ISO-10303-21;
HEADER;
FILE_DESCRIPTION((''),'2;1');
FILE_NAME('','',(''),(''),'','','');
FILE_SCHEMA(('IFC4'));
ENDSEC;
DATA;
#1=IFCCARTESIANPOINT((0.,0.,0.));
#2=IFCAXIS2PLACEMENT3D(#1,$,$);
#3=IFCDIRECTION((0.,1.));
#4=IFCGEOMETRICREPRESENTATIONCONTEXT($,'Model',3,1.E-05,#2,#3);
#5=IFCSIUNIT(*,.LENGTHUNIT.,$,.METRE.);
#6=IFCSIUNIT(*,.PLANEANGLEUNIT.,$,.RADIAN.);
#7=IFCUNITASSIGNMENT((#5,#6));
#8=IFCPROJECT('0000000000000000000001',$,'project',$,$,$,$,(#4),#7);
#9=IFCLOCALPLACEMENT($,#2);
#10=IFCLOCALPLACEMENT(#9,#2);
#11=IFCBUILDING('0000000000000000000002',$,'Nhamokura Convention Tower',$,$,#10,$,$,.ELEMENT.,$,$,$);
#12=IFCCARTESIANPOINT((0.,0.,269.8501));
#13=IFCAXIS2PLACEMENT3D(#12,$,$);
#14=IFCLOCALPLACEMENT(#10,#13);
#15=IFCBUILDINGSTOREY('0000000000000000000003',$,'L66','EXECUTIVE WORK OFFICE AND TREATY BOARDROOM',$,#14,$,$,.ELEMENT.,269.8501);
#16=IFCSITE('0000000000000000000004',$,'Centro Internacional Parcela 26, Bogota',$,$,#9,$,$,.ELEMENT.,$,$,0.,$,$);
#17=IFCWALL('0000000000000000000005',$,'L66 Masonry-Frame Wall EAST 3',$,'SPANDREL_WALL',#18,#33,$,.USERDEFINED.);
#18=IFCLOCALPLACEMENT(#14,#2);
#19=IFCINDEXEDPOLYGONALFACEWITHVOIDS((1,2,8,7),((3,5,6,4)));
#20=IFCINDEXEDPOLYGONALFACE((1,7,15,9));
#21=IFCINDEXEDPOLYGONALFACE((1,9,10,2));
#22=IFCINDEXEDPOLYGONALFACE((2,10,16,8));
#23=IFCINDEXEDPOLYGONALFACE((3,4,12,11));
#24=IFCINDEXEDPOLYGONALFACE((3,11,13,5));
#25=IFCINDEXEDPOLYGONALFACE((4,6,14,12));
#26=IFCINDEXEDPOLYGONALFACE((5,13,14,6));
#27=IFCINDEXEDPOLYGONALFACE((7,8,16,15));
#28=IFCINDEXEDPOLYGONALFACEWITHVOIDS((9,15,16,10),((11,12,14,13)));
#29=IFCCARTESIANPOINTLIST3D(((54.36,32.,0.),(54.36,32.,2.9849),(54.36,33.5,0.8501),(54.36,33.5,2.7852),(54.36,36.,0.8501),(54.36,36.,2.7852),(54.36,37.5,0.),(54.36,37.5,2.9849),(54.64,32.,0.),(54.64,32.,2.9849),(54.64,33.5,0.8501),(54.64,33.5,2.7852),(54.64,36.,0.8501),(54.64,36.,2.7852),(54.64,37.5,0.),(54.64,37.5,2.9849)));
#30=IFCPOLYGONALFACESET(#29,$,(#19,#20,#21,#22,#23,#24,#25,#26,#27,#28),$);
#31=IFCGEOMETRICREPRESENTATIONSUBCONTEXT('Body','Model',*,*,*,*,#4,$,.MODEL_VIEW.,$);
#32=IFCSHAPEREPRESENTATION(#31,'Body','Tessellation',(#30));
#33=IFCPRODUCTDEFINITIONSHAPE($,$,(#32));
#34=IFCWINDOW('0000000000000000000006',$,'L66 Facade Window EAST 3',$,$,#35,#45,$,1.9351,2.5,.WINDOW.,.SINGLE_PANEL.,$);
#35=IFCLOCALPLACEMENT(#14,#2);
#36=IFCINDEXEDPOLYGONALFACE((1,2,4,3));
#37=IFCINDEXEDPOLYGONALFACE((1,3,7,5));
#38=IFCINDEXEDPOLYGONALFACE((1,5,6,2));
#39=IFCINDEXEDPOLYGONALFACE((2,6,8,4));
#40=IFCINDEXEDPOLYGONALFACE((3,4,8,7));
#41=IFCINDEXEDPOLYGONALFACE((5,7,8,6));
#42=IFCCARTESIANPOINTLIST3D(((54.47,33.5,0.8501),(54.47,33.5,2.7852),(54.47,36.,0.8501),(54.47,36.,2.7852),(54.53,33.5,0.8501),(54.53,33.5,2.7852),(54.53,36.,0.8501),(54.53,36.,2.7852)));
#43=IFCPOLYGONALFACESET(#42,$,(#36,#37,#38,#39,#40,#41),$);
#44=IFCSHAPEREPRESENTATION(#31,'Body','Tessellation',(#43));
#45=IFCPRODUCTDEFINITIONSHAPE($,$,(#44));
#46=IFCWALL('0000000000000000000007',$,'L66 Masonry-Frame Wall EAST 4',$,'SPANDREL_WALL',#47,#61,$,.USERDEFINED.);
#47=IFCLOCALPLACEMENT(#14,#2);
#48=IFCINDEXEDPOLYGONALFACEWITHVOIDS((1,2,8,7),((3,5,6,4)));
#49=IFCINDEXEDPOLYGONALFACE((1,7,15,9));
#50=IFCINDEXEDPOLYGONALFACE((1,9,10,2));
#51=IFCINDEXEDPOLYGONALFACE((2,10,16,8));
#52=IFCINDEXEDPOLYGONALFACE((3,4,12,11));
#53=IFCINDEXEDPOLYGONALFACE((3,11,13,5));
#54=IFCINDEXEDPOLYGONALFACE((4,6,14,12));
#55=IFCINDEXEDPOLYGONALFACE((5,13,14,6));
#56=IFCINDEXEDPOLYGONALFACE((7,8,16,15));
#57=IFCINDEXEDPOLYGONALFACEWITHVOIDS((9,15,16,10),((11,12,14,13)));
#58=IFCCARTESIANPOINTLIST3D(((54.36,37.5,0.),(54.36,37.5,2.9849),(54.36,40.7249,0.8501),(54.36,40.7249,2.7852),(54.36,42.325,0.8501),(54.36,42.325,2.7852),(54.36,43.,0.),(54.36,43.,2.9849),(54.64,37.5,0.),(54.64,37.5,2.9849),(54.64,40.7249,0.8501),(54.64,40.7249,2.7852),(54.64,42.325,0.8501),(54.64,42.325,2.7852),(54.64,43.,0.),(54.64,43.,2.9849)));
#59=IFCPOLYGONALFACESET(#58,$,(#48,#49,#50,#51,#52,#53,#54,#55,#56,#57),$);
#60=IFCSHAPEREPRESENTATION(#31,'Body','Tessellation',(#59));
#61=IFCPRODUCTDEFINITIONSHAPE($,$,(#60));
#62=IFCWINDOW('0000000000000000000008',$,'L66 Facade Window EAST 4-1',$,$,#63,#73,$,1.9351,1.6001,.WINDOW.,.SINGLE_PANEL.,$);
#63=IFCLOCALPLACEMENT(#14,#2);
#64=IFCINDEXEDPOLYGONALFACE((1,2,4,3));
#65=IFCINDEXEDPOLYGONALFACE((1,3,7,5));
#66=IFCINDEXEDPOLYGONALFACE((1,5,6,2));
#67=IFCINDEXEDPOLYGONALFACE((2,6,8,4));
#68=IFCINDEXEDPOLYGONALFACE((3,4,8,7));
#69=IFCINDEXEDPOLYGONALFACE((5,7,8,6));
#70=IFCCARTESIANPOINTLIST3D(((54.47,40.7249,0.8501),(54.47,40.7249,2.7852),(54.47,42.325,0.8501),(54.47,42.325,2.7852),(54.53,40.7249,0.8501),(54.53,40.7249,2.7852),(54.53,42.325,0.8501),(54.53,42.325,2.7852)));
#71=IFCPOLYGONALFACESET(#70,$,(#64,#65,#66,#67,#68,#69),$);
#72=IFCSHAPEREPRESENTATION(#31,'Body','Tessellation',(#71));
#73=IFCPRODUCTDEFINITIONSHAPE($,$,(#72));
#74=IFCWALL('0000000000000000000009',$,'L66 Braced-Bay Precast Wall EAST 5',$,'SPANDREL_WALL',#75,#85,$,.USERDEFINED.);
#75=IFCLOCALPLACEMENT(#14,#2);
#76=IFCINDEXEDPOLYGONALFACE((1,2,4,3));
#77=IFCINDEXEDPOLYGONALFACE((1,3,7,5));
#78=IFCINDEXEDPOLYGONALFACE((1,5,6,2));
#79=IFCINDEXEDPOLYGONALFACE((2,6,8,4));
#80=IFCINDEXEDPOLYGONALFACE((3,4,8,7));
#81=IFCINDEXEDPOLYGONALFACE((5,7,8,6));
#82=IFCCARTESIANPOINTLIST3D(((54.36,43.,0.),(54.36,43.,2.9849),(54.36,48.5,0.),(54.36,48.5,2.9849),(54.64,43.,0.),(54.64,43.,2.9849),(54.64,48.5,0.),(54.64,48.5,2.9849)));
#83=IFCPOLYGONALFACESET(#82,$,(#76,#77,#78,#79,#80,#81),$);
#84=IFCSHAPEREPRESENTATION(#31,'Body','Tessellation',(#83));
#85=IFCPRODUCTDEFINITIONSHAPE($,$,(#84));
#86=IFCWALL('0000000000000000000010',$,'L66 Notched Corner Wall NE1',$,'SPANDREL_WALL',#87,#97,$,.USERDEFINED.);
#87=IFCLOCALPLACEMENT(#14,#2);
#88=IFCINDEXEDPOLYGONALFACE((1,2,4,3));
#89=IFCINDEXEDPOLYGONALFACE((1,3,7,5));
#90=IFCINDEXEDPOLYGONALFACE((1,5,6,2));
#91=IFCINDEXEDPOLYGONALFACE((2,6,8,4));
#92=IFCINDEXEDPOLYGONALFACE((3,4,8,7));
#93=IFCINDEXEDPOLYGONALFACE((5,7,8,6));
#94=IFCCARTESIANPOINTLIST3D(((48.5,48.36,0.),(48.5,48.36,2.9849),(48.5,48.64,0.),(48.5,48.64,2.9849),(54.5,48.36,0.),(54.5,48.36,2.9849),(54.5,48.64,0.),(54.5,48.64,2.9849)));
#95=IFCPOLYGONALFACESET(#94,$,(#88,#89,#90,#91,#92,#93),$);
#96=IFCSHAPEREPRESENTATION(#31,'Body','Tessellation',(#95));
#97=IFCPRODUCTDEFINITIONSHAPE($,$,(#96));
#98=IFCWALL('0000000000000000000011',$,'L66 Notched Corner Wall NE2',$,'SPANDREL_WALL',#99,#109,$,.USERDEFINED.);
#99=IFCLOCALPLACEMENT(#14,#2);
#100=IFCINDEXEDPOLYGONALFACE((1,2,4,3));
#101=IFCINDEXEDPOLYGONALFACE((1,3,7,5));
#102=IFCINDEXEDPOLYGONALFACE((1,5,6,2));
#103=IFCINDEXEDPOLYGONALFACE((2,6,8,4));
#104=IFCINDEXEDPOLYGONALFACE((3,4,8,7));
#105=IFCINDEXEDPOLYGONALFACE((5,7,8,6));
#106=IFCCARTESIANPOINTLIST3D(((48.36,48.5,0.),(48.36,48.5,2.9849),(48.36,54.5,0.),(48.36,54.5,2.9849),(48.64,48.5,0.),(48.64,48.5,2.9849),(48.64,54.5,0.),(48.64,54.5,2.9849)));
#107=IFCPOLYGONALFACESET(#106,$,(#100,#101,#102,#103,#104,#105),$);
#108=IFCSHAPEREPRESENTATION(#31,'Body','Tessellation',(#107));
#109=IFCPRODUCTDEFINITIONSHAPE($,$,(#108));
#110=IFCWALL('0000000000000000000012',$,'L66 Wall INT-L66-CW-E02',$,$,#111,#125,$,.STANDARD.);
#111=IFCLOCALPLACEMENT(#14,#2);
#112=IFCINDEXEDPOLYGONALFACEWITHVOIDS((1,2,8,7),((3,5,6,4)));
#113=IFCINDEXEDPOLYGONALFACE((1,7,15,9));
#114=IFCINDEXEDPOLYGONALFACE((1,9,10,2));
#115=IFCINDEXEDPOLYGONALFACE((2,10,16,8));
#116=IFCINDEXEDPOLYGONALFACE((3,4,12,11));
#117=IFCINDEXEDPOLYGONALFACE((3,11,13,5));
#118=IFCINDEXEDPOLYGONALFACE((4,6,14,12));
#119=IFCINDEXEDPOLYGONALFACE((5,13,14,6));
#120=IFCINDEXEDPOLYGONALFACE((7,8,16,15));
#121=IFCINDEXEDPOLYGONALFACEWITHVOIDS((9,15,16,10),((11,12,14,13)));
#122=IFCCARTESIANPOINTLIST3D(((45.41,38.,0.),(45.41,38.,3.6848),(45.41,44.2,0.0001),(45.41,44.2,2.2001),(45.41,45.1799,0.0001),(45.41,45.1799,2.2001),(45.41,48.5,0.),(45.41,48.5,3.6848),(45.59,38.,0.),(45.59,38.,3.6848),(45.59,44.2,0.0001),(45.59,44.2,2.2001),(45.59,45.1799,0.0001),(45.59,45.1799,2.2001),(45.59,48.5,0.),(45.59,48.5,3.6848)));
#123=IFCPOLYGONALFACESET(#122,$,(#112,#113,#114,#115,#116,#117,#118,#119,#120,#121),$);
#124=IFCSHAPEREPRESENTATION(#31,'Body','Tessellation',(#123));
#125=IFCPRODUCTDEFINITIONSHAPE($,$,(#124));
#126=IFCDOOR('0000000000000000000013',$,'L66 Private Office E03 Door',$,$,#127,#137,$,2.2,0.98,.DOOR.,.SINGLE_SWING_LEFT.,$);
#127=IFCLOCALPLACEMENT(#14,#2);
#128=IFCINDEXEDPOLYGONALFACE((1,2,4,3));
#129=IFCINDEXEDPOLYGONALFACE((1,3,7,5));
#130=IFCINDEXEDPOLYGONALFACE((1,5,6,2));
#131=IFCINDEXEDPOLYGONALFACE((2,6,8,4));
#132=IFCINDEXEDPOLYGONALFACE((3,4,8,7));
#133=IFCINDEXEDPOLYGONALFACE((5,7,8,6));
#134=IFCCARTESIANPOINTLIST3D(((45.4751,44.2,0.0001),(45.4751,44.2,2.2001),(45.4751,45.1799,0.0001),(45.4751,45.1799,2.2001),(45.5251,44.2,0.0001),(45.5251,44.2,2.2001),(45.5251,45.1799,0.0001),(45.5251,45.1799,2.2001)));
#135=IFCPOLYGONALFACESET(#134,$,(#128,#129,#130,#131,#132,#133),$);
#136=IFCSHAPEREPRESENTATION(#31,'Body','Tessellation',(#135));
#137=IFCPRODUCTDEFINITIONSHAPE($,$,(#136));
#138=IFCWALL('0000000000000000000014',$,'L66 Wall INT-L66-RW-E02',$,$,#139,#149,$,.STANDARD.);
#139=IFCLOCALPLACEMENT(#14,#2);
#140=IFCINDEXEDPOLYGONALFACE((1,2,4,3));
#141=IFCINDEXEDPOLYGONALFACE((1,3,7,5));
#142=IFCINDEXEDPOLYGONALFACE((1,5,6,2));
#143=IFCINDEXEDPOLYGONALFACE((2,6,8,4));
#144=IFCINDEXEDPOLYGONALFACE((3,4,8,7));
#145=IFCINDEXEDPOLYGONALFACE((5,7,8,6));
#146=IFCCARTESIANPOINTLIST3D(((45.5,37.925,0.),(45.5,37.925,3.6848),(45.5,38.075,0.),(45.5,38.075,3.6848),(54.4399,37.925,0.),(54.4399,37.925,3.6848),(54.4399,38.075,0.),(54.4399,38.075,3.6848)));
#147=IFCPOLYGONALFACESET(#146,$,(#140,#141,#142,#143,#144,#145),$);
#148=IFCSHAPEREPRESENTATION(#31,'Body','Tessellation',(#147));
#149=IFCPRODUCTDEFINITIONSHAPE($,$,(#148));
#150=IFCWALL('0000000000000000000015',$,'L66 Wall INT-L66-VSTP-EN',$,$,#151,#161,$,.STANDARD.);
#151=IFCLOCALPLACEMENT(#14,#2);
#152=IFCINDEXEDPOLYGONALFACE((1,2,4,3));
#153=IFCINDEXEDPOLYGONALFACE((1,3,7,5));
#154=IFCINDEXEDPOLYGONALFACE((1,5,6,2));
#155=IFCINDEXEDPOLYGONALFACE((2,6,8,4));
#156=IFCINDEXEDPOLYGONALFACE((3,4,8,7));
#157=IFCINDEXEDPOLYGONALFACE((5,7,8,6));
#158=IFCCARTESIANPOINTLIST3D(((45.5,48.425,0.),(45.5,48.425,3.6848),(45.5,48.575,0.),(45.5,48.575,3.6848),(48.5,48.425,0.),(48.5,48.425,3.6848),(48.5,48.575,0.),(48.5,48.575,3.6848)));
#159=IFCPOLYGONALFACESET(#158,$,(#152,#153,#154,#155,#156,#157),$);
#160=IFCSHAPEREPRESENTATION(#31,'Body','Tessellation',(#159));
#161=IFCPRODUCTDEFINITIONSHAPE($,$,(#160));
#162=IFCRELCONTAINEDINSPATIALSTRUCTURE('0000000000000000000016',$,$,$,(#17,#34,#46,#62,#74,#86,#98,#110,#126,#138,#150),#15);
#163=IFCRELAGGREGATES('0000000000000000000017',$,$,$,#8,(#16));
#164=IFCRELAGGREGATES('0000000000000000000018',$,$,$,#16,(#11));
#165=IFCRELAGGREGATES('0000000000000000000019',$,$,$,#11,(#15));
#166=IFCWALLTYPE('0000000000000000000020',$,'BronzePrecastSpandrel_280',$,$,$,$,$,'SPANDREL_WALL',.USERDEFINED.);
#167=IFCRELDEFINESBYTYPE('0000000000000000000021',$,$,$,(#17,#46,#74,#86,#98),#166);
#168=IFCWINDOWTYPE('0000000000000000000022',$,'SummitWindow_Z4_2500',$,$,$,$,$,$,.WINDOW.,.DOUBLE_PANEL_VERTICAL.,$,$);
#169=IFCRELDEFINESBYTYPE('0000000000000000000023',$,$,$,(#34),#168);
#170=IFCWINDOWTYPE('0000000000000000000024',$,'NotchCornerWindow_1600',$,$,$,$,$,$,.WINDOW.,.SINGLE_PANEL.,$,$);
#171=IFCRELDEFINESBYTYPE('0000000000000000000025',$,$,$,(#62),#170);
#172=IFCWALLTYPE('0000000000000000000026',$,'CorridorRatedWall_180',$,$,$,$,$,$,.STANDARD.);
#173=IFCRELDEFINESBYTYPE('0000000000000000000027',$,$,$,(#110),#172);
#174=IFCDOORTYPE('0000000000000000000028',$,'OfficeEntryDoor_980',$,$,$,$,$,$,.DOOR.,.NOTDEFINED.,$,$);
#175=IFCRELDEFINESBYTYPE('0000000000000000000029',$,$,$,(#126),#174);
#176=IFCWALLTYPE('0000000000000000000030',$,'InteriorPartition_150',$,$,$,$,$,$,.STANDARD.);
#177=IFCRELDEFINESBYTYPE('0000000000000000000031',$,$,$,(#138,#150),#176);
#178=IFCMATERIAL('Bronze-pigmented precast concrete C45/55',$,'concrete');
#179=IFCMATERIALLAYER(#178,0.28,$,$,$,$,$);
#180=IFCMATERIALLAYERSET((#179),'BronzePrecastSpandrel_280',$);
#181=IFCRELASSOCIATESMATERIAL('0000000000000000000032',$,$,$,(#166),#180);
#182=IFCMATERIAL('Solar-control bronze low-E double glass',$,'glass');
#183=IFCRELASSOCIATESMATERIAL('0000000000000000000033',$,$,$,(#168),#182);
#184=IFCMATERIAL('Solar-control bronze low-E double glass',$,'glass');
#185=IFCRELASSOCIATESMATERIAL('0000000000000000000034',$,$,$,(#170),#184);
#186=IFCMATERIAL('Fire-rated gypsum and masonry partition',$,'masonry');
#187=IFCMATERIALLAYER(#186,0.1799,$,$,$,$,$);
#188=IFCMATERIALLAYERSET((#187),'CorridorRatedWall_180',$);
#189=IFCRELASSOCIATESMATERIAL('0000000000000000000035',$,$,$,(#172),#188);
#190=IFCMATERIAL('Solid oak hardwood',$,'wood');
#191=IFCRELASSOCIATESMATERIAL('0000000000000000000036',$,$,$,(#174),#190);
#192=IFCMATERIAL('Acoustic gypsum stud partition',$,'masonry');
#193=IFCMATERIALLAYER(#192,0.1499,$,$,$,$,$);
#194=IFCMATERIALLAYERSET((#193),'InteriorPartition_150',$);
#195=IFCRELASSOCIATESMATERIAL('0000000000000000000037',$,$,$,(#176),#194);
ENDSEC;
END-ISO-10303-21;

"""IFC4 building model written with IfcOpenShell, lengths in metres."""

from ifc_helpers import new_model, si_unit, direction, frame, frame_2d, origin, place, context, subcontext, project, spatial, rectangle, extrude, material, layer, layer_set, type_object, element, fill, save


model = new_model("IFC4")

# Units and contexts
model_context = context("Model", 3, precision=1e-05, world=origin(), true_north=direction((0.0, 1.0)))
body_context = subcontext(model_context, "Body", "Model", "MODEL_VIEW")
ifc_project = project(units=[si_unit("LENGTHUNIT", "METRE"), si_unit("PLANEANGLEUNIT", "RADIAN")], contexts=[model_context])

# Site, building, storey
site_placement = place(None, origin())
site = spatial("IfcSite", under=ifc_project, at=site_placement, Name="Centro Internacional Parcela 26, Bogota", CompositionType="ELEMENT", RefElevation=0.0)
building_placement = place(site_placement, origin())
building = spatial("IfcBuilding", under=site, at=building_placement, Name="Nhamokura Convention Tower", CompositionType="ELEMENT")
storey_placement = place(building_placement, frame((0.0, 0.0, 269.8501)))
storey = spatial("IfcBuildingStorey", under=building, at=storey_placement, Name="L66", Description="EXECUTIVE WORK OFFICE AND TREATY BOARDROOM", CompositionType="ELEMENT", Elevation=269.8501)

# Shared definitions
ifc_material_1 = material(Name="Bronze-pigmented precast concrete C45/55", Category="concrete")
ifc_layer_1 = layer(ifc_material_1, 0.28)
ifc_layer_set_1 = layer_set([ifc_layer_1], Name="BronzePrecastSpandrel_280")
wall_type_1 = type_object("IfcWallType", Name="BronzePrecastSpandrel_280", ElementType="SPANDREL_WALL", PredefinedType="USERDEFINED", material=ifc_layer_set_1)

# Walls, openings, windows
ifc_material_2 = material(Name="Solar-control bronze low-E double glass", Category="glass")
window_type_1 = type_object("IfcWindowType", Name="SummitWindow_Z4_2500", PartitioningType="DOUBLE_PANEL_VERTICAL", PredefinedType="WINDOW", material=ifc_material_2)
wall_1_placement = place(storey_placement, frame((54.5, 37.5, 0.0), z_axis=(0.0, 0.0, 1.0), x_axis=(0.0, -1.0, 0.0)))
wall_1 = element("IfcWall", 1, at=wall_1_placement, inside=storey, type_object=wall_type_1, Name="L66 Masonry-Frame Wall EAST 3", ObjectType="SPANDREL_WALL", PredefinedType="USERDEFINED", context=body_context, shape_type="SweptSolid", body=[
    extrude(rectangle(XDim=5.5, YDim=0.28, at=frame_2d((2.75, 0.0))), origin(), (0.0, 0.0, 1.0), 2.9849),
])
opening_1_placement = place(wall_1_placement, frame((1.5, 0.0, 0.8501)))
opening_1 = element("IfcOpeningElement", 2, at=opening_1_placement, cuts=wall_1, PredefinedType="OPENING", context=body_context, shape_type="SweptSolid", body=[
    extrude(rectangle(XDim=2.5, YDim=1.9351, at=frame_2d((1.25, 0.9675))), frame((0.0, 0.1499, 0.0), z_axis=(0.0, -1.0, 0.0), x_axis=(1.0, 0.0, 0.0)), (0.0, 0.0, 1.0), 0.3),
])
window_1_placement = place(opening_1_placement, origin())
window_1 = element("IfcWindow", 3, at=window_1_placement, inside=storey, type_object=window_type_1, Name="L66 Facade Window EAST 3", OverallHeight=1.9351, OverallWidth=2.5, PartitioningType="SINGLE_PANEL", PredefinedType="WINDOW", context=body_context, shape_type="SweptSolid", body=[
    extrude(rectangle(XDim=2.5, YDim=1.9351, at=frame_2d((1.25, 0.9675))), frame((0.0, 0.03, 0.0), z_axis=(0.0, -1.0, 0.0), x_axis=(1.0, 0.0, 0.0)), (0.0, 0.0, 1.0), 0.0601),
])
fill(opening_1, window_1)
wall_2_placement = place(storey_placement, frame((54.5, 43.0, 0.0), z_axis=(0.0, 0.0, 1.0), x_axis=(0.0, -1.0, 0.0)))
wall_2 = element("IfcWall", 4, at=wall_2_placement, inside=storey, type_object=wall_type_1, Name="L66 Masonry-Frame Wall EAST 4", ObjectType="SPANDREL_WALL", PredefinedType="USERDEFINED", context=body_context, shape_type="SweptSolid", body=[
    extrude(rectangle(XDim=5.5, YDim=0.28, at=frame_2d((2.75, 0.0))), origin(), (0.0, 0.0, 1.0), 2.9849),
])
opening_2_placement = place(wall_2_placement, frame((0.675, 0.0, 0.8501)))
opening_2 = element("IfcOpeningElement", 5, at=opening_2_placement, cuts=wall_2, PredefinedType="OPENING", context=body_context, shape_type="SweptSolid", body=[
    extrude(rectangle(XDim=1.6001, YDim=1.9351, at=frame_2d((0.8, 0.9675))), frame((0.0, 0.1499, 0.0), z_axis=(0.0, -1.0, 0.0), x_axis=(1.0, 0.0, 0.0)), (0.0, 0.0, 1.0), 0.3),
])
ifc_material_3 = material(Name="Solar-control bronze low-E double glass", Category="glass")
window_type_2 = type_object("IfcWindowType", Name="NotchCornerWindow_1600", PartitioningType="SINGLE_PANEL", PredefinedType="WINDOW", material=ifc_material_3)
window_2_placement = place(opening_2_placement, origin())
window_2 = element("IfcWindow", 6, at=window_2_placement, inside=storey, type_object=window_type_2, Name="L66 Facade Window EAST 4-1", OverallHeight=1.9351, OverallWidth=1.6001, PartitioningType="SINGLE_PANEL", PredefinedType="WINDOW", context=body_context, shape_type="SweptSolid", body=[
    extrude(rectangle(XDim=1.6001, YDim=1.9351, at=frame_2d((0.8, 0.9675))), frame((0.0, 0.03, 0.0), z_axis=(0.0, -1.0, 0.0), x_axis=(1.0, 0.0, 0.0)), (0.0, 0.0, 1.0), 0.0601),
])
fill(opening_2, window_2)

# Walls
wall_3_placement = place(storey_placement, frame((54.5, 48.5, 0.0), z_axis=(0.0, 0.0, 1.0), x_axis=(0.0, -1.0, 0.0)))
element("IfcWall", 7, at=wall_3_placement, inside=storey, type_object=wall_type_1, Name="L66 Braced-Bay Precast Wall EAST 5", ObjectType="SPANDREL_WALL", PredefinedType="USERDEFINED", context=body_context, shape_type="SweptSolid", body=[
    extrude(rectangle(XDim=5.5, YDim=0.28, at=frame_2d((2.75, 0.0))), origin(), (0.0, 0.0, 1.0), 2.9849),
])
for number, where, z_axis, x_axis, name in (
    (8, (48.5, 48.5, 0.0), (0.0, 0.0, 1.0), (1.0, 0.0, 0.0), "L66 Notched Corner Wall NE1"),
    (9, (48.5, 54.5, 0.0), (0.0, 0.0, 1.0), (0.0, -1.0, 0.0), "L66 Notched Corner Wall NE2"),
):
    element("IfcWall", number, at=place(storey_placement, frame(where, z_axis=z_axis, x_axis=x_axis)), inside=storey, type_object=wall_type_1, Name=name, ObjectType="SPANDREL_WALL", PredefinedType="USERDEFINED", context=body_context, shape_type="SweptSolid", body=[
        extrude(rectangle(XDim=6.0, YDim=0.28, at=frame_2d((3.0, 0.0))), origin(), (0.0, 0.0, 1.0), 2.9849),
    ])

# Wall, opening, door
ifc_material_4 = material(Name="Fire-rated gypsum and masonry partition", Category="masonry")
ifc_layer_2 = layer(ifc_material_4, 0.1799)
ifc_layer_set_2 = layer_set([ifc_layer_2], Name="CorridorRatedWall_180")
wall_type_2 = type_object("IfcWallType", Name="CorridorRatedWall_180", PredefinedType="STANDARD", material=ifc_layer_set_2)
wall_4_placement = place(storey_placement, frame((45.5, 38.0, 0.0), z_axis=(0.0, 0.0, 1.0), x_axis=(0.0, 1.0, 0.0)))
wall_4 = element("IfcWall", 10, at=wall_4_placement, inside=storey, type_object=wall_type_2, Name="L66 Wall INT-L66-CW-E02", PredefinedType="STANDARD", context=body_context, shape_type="SweptSolid", body=[
    extrude(rectangle(XDim=10.5, YDim=0.1799, at=frame_2d((5.25, 0.0))), origin(), (0.0, 0.0, 1.0), 3.6848),
])
opening_3_placement = place(wall_4_placement, frame((6.2, 0.0, 0.0)))
opening_3 = element("IfcOpeningElement", 11, at=opening_3_placement, cuts=wall_4, PredefinedType="OPENING", context=body_context, shape_type="SweptSolid", body=[
    extrude(rectangle(XDim=0.98, YDim=2.2, at=frame_2d((0.49, 1.1001))), frame((0.0, 0.0999, 0.0), z_axis=(0.0, -1.0, 0.0), x_axis=(1.0, 0.0, 0.0)), (0.0, 0.0, 1.0), 0.2),
])
ifc_material_5 = material(Name="Solid oak hardwood", Category="wood")
door_type = type_object("IfcDoorType", Name="OfficeEntryDoor_980", OperationType="NOTDEFINED", PredefinedType="DOOR", material=ifc_material_5)
door_placement = place(opening_3_placement, origin())
door = element("IfcDoor", 12, at=door_placement, inside=storey, type_object=door_type, Name="L66 Private Office E03 Door", OperationType="SINGLE_SWING_LEFT", OverallHeight=2.2, OverallWidth=0.98, PredefinedType="DOOR", context=body_context, shape_type="SweptSolid", body=[
    extrude(rectangle(XDim=0.98, YDim=2.2, at=frame_2d((0.49, 1.1001))), frame((0.0, 0.0249, 0.0), z_axis=(0.0, -1.0, 0.0), x_axis=(1.0, 0.0, 0.0)), (0.0, 0.0, 1.0), 0.05),
])
fill(opening_3, door)

# Walls
ifc_material_6 = material(Name="Acoustic gypsum stud partition", Category="masonry")
ifc_layer_3 = layer(ifc_material_6, 0.1499)
ifc_layer_set_3 = layer_set([ifc_layer_3], Name="InteriorPartition_150")
wall_type_3 = type_object("IfcWallType", Name="InteriorPartition_150", PredefinedType="STANDARD", material=ifc_layer_set_3)
wall_5_placement = place(storey_placement, frame((45.5, 38.0, 0.0), z_axis=(0.0, 0.0, 1.0), x_axis=(1.0, 0.0, 0.0)))
element("IfcWall", 13, at=wall_5_placement, inside=storey, type_object=wall_type_3, Name="L66 Wall INT-L66-RW-E02", PredefinedType="STANDARD", context=body_context, shape_type="SweptSolid", body=[
    extrude(rectangle(XDim=8.9399, YDim=0.1499, at=frame_2d((4.47, 0.0))), origin(), (0.0, 0.0, 1.0), 3.6848),
])
wall_6_placement = place(storey_placement, frame((45.5, 48.5, 0.0), z_axis=(0.0, 0.0, 1.0), x_axis=(1.0, 0.0, 0.0)))
element("IfcWall", 14, at=wall_6_placement, inside=storey, type_object=wall_type_3, Name="L66 Wall INT-L66-VSTP-EN", PredefinedType="STANDARD", context=body_context, shape_type="SweptSolid", body=[
    extrude(rectangle(XDim=3.0, YDim=0.1499, at=frame_2d((1.5, 0.0))), origin(), (0.0, 0.0, 1.0), 3.6848),
])

save(model, "model.ifc")
